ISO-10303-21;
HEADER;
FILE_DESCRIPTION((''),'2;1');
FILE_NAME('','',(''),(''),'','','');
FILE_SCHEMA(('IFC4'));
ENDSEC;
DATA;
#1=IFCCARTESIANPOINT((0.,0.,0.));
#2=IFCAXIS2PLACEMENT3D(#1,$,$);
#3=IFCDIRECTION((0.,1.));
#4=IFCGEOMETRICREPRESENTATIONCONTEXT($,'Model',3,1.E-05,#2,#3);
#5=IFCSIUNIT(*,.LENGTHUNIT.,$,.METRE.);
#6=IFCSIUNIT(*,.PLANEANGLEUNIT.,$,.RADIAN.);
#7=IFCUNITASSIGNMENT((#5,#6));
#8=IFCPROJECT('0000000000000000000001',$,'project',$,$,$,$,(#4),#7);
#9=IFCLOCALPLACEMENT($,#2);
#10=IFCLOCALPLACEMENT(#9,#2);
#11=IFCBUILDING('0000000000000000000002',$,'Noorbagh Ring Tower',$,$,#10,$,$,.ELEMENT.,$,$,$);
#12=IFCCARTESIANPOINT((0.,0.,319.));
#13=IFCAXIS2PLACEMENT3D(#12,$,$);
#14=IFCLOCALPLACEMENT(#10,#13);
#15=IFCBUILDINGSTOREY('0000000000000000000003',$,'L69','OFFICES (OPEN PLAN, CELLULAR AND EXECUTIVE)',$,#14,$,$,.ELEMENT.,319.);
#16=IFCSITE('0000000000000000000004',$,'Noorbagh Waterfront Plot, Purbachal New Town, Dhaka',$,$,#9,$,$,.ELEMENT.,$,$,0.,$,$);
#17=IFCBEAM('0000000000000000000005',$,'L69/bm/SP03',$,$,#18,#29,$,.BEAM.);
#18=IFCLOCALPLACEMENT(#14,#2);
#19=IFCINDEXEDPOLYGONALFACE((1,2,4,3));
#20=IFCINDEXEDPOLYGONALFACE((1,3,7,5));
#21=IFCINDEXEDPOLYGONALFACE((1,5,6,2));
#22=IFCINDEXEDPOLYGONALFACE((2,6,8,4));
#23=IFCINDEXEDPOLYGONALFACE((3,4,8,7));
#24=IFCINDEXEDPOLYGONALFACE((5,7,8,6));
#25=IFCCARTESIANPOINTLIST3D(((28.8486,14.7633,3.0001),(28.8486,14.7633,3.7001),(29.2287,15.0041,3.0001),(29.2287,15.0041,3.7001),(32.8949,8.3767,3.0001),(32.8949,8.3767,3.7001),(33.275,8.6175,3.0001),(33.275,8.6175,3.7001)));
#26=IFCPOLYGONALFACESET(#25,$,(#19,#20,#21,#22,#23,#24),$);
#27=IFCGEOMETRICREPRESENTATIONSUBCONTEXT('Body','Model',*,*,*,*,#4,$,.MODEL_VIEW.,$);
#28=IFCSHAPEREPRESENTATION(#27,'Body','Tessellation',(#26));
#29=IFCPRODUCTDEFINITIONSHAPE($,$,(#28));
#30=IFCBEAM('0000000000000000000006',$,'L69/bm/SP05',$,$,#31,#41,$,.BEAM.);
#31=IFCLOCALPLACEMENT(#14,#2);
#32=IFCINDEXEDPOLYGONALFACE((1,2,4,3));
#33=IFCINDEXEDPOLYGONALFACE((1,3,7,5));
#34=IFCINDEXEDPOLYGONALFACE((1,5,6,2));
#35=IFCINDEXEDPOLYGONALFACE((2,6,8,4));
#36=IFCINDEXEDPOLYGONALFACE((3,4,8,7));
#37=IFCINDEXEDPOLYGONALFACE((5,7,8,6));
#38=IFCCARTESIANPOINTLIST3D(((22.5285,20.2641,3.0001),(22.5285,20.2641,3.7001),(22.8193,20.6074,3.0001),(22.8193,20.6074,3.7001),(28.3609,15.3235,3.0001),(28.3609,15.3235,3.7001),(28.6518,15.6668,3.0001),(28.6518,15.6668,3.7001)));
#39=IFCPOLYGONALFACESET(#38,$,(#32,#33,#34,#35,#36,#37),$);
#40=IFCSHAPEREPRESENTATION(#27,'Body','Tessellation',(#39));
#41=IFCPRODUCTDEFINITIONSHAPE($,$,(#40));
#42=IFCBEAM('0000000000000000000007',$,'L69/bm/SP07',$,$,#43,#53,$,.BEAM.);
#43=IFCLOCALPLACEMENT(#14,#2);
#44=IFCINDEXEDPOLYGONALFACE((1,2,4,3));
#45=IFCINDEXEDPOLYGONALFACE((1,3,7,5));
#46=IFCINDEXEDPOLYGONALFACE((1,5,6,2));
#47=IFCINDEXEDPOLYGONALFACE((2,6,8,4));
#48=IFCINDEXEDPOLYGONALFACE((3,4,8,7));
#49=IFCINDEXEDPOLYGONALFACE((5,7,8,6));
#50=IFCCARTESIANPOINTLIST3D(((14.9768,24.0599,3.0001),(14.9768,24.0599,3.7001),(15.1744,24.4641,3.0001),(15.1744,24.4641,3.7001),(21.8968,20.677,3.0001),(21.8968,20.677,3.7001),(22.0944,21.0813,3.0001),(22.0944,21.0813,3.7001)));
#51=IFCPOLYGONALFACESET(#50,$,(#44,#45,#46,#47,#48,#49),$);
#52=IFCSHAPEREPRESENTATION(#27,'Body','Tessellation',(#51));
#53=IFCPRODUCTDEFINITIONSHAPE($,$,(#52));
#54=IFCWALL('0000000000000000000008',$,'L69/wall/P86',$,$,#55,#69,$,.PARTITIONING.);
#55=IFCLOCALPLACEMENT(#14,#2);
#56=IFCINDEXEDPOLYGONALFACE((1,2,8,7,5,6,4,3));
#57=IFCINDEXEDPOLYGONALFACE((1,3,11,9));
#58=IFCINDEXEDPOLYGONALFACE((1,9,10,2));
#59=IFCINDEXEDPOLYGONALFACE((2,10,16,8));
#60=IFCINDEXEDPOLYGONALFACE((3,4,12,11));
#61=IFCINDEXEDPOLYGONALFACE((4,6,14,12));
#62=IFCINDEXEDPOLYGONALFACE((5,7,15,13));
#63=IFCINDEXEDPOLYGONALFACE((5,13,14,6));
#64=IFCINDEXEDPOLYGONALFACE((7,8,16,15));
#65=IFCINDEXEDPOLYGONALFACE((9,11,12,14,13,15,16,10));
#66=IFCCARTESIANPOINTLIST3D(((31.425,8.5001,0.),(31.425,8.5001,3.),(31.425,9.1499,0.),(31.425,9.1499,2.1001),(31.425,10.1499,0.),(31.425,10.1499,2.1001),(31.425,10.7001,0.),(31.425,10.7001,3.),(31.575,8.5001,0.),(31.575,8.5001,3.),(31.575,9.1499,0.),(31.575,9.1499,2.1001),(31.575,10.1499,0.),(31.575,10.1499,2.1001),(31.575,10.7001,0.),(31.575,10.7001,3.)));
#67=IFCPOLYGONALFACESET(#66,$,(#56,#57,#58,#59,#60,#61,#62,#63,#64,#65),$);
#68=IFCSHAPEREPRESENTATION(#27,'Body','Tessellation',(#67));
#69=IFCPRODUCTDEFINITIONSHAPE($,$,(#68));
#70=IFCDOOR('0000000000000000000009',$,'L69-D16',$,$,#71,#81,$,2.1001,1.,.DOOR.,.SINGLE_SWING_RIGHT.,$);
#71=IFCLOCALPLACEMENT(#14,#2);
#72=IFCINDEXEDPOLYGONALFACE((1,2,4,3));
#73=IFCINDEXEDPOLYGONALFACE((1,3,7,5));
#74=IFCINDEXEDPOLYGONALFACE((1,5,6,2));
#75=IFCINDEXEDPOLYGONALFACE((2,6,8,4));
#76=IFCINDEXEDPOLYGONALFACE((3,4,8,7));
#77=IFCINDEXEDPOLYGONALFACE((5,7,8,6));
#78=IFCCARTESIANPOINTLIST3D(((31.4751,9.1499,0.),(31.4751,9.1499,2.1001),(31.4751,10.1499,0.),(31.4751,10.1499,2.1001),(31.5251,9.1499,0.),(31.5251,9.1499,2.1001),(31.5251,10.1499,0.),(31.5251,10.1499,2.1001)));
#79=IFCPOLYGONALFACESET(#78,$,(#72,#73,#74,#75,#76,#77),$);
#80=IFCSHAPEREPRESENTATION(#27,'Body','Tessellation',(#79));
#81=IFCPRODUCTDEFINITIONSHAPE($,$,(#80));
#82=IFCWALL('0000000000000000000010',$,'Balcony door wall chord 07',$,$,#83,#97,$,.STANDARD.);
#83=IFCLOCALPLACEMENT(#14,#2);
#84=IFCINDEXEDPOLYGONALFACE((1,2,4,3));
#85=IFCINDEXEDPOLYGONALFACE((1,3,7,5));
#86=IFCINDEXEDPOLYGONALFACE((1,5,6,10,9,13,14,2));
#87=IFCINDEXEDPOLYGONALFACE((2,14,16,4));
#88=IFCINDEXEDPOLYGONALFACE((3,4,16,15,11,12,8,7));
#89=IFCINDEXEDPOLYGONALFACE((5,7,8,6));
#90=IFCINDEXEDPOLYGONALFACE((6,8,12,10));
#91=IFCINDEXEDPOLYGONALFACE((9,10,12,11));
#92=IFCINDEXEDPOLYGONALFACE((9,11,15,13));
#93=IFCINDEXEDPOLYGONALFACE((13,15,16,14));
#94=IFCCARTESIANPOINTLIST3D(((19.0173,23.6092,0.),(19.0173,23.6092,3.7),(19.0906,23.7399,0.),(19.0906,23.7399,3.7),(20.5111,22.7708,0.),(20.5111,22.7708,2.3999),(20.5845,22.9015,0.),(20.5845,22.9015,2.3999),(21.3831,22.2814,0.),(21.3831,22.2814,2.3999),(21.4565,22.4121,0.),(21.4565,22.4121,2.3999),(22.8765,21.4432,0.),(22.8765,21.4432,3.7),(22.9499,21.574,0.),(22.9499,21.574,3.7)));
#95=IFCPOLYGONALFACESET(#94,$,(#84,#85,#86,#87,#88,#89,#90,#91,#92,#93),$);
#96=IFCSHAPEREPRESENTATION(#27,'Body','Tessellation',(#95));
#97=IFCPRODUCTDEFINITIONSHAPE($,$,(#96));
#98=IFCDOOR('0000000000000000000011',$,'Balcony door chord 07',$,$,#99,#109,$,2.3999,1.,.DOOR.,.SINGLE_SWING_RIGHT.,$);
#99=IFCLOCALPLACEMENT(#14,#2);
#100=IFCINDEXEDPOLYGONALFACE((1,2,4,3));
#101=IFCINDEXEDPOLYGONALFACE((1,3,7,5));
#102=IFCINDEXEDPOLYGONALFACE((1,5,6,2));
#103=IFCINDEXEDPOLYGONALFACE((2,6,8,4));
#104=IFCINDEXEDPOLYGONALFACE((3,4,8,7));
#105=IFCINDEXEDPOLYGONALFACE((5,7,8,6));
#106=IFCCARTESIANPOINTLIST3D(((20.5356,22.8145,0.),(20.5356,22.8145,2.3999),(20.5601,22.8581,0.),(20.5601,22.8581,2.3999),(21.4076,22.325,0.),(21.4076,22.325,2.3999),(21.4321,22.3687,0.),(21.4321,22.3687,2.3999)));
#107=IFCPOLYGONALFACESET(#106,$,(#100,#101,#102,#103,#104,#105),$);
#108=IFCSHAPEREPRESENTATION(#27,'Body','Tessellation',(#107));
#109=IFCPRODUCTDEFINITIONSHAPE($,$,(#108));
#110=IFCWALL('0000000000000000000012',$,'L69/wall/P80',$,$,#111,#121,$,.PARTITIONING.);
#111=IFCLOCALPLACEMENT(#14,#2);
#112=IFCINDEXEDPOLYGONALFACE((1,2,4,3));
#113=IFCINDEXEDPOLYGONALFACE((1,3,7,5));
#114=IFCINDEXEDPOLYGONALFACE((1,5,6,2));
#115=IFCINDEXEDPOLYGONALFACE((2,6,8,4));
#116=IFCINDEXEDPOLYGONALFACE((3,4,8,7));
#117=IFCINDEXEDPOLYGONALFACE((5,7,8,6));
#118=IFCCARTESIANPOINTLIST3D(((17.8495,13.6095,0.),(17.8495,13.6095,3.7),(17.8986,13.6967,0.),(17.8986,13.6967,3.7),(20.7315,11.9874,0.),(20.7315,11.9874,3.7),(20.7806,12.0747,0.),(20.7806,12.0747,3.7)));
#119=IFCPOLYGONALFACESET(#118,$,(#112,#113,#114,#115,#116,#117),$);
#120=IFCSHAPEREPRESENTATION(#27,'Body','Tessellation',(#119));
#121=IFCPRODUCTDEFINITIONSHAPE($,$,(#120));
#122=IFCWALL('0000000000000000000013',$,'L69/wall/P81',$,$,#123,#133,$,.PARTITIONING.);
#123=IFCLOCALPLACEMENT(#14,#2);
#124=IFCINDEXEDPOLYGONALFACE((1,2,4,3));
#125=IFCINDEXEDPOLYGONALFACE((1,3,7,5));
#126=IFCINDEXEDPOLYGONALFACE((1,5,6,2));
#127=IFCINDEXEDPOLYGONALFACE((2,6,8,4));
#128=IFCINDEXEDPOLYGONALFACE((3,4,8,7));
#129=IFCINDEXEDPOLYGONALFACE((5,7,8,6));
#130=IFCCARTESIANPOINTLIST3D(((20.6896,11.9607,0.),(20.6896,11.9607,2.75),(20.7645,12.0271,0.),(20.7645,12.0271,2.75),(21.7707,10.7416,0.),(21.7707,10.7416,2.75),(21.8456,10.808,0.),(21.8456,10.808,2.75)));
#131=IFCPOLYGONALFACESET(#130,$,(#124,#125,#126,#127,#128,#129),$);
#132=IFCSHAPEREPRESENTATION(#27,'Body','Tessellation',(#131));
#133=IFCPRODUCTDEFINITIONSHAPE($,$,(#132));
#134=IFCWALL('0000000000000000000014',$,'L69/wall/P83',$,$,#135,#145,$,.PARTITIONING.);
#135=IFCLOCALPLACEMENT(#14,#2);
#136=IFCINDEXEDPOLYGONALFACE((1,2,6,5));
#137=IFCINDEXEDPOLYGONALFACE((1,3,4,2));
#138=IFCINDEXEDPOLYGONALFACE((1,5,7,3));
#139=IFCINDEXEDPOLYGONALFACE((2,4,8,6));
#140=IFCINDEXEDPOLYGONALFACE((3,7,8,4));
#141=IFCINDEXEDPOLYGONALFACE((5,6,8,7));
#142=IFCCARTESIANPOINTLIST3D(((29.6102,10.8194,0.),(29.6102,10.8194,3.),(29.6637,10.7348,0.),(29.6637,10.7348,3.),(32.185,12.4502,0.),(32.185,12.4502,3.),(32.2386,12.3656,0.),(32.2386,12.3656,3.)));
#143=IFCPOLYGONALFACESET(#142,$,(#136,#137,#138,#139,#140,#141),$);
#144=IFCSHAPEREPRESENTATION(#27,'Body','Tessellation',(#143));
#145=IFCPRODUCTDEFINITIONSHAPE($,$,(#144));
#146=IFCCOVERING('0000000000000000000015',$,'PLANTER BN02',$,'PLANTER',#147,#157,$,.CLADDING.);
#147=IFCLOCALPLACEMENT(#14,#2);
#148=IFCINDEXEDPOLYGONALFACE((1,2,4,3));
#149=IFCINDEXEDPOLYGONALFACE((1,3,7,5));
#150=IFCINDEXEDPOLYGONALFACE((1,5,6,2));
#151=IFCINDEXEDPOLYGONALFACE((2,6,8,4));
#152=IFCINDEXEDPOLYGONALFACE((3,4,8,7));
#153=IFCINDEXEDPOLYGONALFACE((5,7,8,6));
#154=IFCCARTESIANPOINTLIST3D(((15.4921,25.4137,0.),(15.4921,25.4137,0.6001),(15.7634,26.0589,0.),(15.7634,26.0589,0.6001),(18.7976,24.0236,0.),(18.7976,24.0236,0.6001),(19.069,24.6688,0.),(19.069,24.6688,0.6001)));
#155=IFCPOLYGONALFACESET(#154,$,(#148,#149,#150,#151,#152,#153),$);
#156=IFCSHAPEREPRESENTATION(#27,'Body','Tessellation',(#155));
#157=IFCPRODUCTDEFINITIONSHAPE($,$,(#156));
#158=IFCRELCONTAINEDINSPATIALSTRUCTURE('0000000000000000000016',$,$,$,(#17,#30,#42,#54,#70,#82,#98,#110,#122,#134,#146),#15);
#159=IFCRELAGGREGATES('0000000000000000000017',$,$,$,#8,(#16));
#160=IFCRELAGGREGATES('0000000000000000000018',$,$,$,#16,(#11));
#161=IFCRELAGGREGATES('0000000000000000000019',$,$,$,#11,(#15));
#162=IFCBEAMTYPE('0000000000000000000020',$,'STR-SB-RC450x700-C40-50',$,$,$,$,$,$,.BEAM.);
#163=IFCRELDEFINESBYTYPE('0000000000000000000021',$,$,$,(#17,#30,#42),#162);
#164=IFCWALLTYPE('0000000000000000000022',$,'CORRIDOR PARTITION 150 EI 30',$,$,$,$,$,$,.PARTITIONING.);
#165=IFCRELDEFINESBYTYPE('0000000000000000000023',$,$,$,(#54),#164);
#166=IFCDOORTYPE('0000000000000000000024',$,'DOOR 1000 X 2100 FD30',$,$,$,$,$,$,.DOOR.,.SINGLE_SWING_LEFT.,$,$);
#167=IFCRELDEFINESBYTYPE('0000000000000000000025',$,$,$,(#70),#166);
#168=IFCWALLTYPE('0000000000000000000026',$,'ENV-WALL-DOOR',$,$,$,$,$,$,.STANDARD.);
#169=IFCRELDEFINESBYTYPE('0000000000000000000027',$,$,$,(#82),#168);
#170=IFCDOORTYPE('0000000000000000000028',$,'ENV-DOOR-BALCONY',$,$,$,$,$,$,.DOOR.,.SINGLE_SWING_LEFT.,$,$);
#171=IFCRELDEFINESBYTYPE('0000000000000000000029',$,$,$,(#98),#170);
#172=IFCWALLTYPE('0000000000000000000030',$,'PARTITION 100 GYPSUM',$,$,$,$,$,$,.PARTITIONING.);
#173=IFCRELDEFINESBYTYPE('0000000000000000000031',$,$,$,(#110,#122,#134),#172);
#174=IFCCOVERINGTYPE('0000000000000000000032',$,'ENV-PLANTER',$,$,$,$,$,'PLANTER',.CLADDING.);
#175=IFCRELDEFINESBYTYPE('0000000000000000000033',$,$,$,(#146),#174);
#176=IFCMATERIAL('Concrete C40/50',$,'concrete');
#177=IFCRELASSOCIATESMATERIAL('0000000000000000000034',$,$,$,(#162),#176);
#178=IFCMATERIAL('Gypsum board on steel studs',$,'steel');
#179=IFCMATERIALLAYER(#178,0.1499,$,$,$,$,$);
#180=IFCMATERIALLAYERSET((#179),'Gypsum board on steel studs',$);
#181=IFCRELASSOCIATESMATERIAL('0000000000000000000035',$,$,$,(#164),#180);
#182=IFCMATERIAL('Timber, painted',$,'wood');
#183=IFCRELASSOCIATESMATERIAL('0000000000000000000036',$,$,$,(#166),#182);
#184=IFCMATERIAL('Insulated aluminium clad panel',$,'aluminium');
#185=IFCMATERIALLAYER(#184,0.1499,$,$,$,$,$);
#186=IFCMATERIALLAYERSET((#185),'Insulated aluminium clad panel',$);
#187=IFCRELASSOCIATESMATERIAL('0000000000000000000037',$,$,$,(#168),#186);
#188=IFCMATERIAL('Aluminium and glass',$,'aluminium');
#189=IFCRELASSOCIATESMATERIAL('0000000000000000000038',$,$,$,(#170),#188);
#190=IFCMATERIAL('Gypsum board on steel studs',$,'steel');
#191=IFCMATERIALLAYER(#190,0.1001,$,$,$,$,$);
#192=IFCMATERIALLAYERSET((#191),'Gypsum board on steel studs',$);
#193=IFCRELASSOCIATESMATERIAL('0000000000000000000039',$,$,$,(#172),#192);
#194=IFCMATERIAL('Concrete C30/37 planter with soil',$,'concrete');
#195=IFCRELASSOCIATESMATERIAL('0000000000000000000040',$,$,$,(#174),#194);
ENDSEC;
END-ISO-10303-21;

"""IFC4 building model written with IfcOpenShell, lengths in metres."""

from ifc_helpers import new_model, si_unit, direction, frame, frame_2d, origin, origin_2d, place, context, subcontext, project, spatial, rectangle, extrude, material, layer, layer_set, material_profile, profile_set, type_object, element, fill, save


model = new_model("IFC4")

# Units and contexts
model_context = context("Model", 3, precision=1e-05, world=origin(), true_north=direction((0.0, 1.0)))
body_context = subcontext(model_context, "Body", "Model", "MODEL_VIEW")
ifc_project = project(units=[si_unit("LENGTHUNIT", "METRE"), si_unit("PLANEANGLEUNIT", "RADIAN")], contexts=[model_context])

# Site, building, storey
site_placement = place(None, origin())
site = spatial("IfcSite", under=ifc_project, at=site_placement, Name="Noorbagh Waterfront Plot, Purbachal New Town, Dhaka", CompositionType="ELEMENT", RefElevation=0.0)
building_placement = place(site_placement, origin())
building = spatial("IfcBuilding", under=site, at=building_placement, Name="Noorbagh Ring Tower", CompositionType="ELEMENT")
storey_placement = place(building_placement, frame((0.0, 0.0, 319.0)))
storey = spatial("IfcBuildingStorey", under=building, at=storey_placement, Name="L69", Description="OFFICES (OPEN PLAN, CELLULAR AND EXECUTIVE)", CompositionType="ELEMENT", Elevation=319.0)

# Beams
ifc_material_1 = material(Name="Concrete C40/50", Category="concrete")
ifc_material_profile_1 = material_profile(ifc_material_1, rectangle(XDim=0.45, YDim=0.7, at=origin_2d()), Name="RC450x700")
ifc_profile_set_1 = profile_set([ifc_material_profile_1], Name="Concrete C40/50")
beam_type_1 = type_object("IfcBeamType", Name="STR-SB-RC450x700-C40-50", PredefinedType="BEAM", material=ifc_profile_set_1)
beam_1_placement = place(storey_placement, frame((33.085, 8.4971, 3.3501), z_axis=(-0.53519, 0.844731, 0.0), x_axis=(-0.844731, -0.53519, 0.0)))
element("IfcBeam", 1, at=beam_1_placement, inside=storey, type_object=beam_type_1, Name="L69/bm/SP03", PredefinedType="BEAM", context=body_context, shape_type="SweptSolid", body=[
    extrude(rectangle(XDim=0.45, YDim=0.7, at=origin_2d()), origin(), (0.0, 0.0, 1.0), 7.5605),
])
beam_2_placement = place(storey_placement, frame((28.5063, 15.4951, 3.3501), z_axis=(-0.763034, 0.646359, 0.0), x_axis=(-0.646359, -0.763034, 0.0)))
element("IfcBeam", 2, at=beam_2_placement, inside=storey, type_object=beam_type_1, Name="L69/bm/SP05", PredefinedType="BEAM", context=body_context, shape_type="SweptSolid", body=[
    extrude(rectangle(XDim=0.45, YDim=0.7, at=origin_2d()), origin(), (0.0, 0.0, 1.0), 7.6438),
])
beam_3_placement = place(storey_placement, frame((21.9956, 20.8792, 3.3501), z_axis=(-0.898398, 0.439183, 0.0), x_axis=(-0.439183, -0.898398, 0.0)))
element("IfcBeam", 3, at=beam_3_placement, inside=storey, type_object=beam_type_1, Name="L69/bm/SP07", PredefinedType="BEAM", context=body_context, shape_type="SweptSolid", body=[
    extrude(rectangle(XDim=0.45, YDim=0.7, at=origin_2d()), origin(), (0.0, 0.0, 1.0), 7.7026),
])

# Walls, openings, doors
ifc_material_2 = material(Name="Gypsum board on steel studs", Category="steel")
ifc_layer_1 = layer(ifc_material_2, 0.1499)
ifc_layer_set_1 = layer_set([ifc_layer_1], Name="Gypsum board on steel studs")
wall_type_1 = type_object("IfcWallType", Name="CORRIDOR PARTITION 150 EI 30", PredefinedType="PARTITIONING", material=ifc_layer_set_1)
wall_1_placement = place(storey_placement, frame((31.5, 8.5, 0.0), z_axis=(0.0, 0.0, 1.0), x_axis=(0.0, 1.0, 0.0)))
wall_1 = element("IfcWall", 4, at=wall_1_placement, inside=storey, type_object=wall_type_1, Name="L69/wall/P86", PredefinedType="PARTITIONING", context=body_context, shape_type="SweptSolid", body=[
    extrude(rectangle(XDim=2.2, YDim=0.1499, at=frame_2d((1.1001, 0.0))), origin(), (0.0, 0.0, 1.0), 3.0),
])
opening_1_placement = place(wall_1_placement, frame((0.6499, 0.0, 0.0)))
opening_1 = element("IfcOpeningElement", 5, at=opening_1_placement, cuts=wall_1, PredefinedType="OPENING", context=body_context, shape_type="SweptSolid", body=[
    extrude(rectangle(XDim=1.0, YDim=2.1001, at=frame_2d((0.5, 1.05))), frame((0.0, 0.085, 0.0), z_axis=(0.0, -1.0, 0.0), x_axis=(1.0, 0.0, 0.0)), (0.0, 0.0, 1.0), 0.1699),
])
ifc_material_3 = material(Name="Timber, painted", Category="wood")
door_type_1 = type_object("IfcDoorType", Name="DOOR 1000 X 2100 FD30", OperationType="SINGLE_SWING_LEFT", PredefinedType="DOOR", material=ifc_material_3)
door_1_placement = place(opening_1_placement, origin())
door_1 = element("IfcDoor", 6, at=door_1_placement, inside=storey, type_object=door_type_1, Name="L69-D16", OperationType="SINGLE_SWING_RIGHT", OverallHeight=2.1001, OverallWidth=1.0, PredefinedType="DOOR", context=body_context, shape_type="SweptSolid", body=[
    extrude(rectangle(XDim=1.0, YDim=2.1001, at=frame_2d((0.5, 1.05))), frame((0.0, 0.0249, 0.0), z_axis=(0.0, -1.0, 0.0), x_axis=(1.0, 0.0, 0.0)), (0.0, 0.0, 1.0), 0.05),
])
fill(opening_1, door_1)
ifc_material_4 = material(Name="Insulated aluminium clad panel", Category="aluminium")
ifc_layer_2 = layer(ifc_material_4, 0.1499)
ifc_layer_set_2 = layer_set([ifc_layer_2], Name="Insulated aluminium clad panel")
wall_type_2 = type_object("IfcWallType", Name="ENV-WALL-DOOR", PredefinedType="STANDARD", material=ifc_layer_set_2)
wall_2_placement = place(storey_placement, frame((22.9133, 21.5085, 0.0), z_axis=(0.0, 0.0, 1.0), x_axis=(-0.872047, 0.489423, 0.0)))
wall_2 = element("IfcWall", 7, at=wall_2_placement, inside=storey, type_object=wall_type_2, Name="Balcony door wall chord 07", PredefinedType="STANDARD", context=body_context, shape_type="SweptSolid", body=[
    extrude(rectangle(XDim=4.4255, YDim=0.1499, at=frame_2d((2.2129, 0.0))), origin(), (0.0, 0.0, 1.0), 3.7),
])
opening_2_placement = place(wall_2_placement, frame((1.7126, 0.0, 0.0)))
opening_2 = element("IfcOpeningElement", 8, at=opening_2_placement, cuts=wall_2, PredefinedType="OPENING", context=body_context, shape_type="SweptSolid", body=[
    extrude(rectangle(XDim=1.0, YDim=2.3999, at=frame_2d((0.5, 1.2))), frame((0.0, 0.085, 0.0), z_axis=(0.0, -1.0, 0.0), x_axis=(1.0, 0.0, 0.0)), (0.0, 0.0, 1.0), 0.1699),
])
ifc_material_5 = material(Name="Aluminium and glass", Category="aluminium")
door_type_2 = type_object("IfcDoorType", Name="ENV-DOOR-BALCONY", OperationType="SINGLE_SWING_LEFT", PredefinedType="DOOR", material=ifc_material_5)
door_2_placement = place(opening_2_placement, origin())
door_2 = element("IfcDoor", 9, at=door_2_placement, inside=storey, type_object=door_type_2, Name="Balcony door chord 07", OperationType="SINGLE_SWING_RIGHT", OverallHeight=2.3999, OverallWidth=1.0, PredefinedType="DOOR", context=body_context, shape_type="SweptSolid", body=[
    extrude(rectangle(XDim=1.0, YDim=2.3999, at=frame_2d((0.5, 1.2))), frame((0.0, 0.0249, 0.0), z_axis=(0.0, -1.0, 0.0), x_axis=(1.0, 0.0, 0.0)), (0.0, 0.0, 1.0), 0.05),
])
fill(opening_2, door_2)

# Walls
ifc_material_6 = material(Name="Gypsum board on steel studs", Category="steel")
ifc_layer_3 = layer(ifc_material_6, 0.1001)
ifc_layer_set_3 = layer_set([ifc_layer_3], Name="Gypsum board on steel studs")
wall_type_3 = type_object("IfcWallType", Name="PARTITION 100 GYPSUM", PredefinedType="PARTITIONING", material=ifc_layer_set_3)
wall_3_placement = place(storey_placement, frame((17.874, 13.6531, 0.0), z_axis=(0.0, 0.0, 1.0), x_axis=(0.871459, -0.490468, 0.0)))
element("IfcWall", 10, at=wall_3_placement, inside=storey, type_object=wall_type_3, Name="L69/wall/P80", PredefinedType="PARTITIONING", context=body_context, shape_type="SweptSolid", body=[
    extrude(rectangle(XDim=3.3071, YDim=0.1001, at=frame_2d((1.6536, 0.0))), origin(), (0.0, 0.0, 1.0), 3.7),
])
wall_4_placement = place(storey_placement, frame((20.7271, 11.9939, 0.0), z_axis=(0.0, 0.0, 1.0), x_axis=(0.663508, -0.748169, 0.0)))
element("IfcWall", 11, at=wall_4_placement, inside=storey, type_object=wall_type_3, Name="L69/wall/P81", PredefinedType="PARTITIONING", context=body_context, shape_type="SweptSolid", body=[
    extrude(rectangle(XDim=1.6294, YDim=0.1001, at=frame_2d((0.8147, 0.0))), origin(), (0.0, 0.0, 1.0), 2.75),
])
wall_5_placement = place(storey_placement, frame((29.637, 10.7771, 0.0), z_axis=(0.0, 0.0, 1.0), x_axis=(0.844811, 0.535065, 0.0)))
element("IfcWall", 12, at=wall_5_placement, inside=storey, type_object=wall_type_3, Name="L69/wall/P83", PredefinedType="PARTITIONING", context=body_context, shape_type="SweptSolid", body=[
    extrude(rectangle(XDim=3.0479, YDim=0.1001, at=frame_2d((1.5239, 0.0))), origin(), (0.0, 0.0, 1.0), 3.0),
])

# Covering
ifc_material_7 = material(Name="Concrete C30/37 planter with soil", Category="concrete")
covering_type = type_object("IfcCoveringType", Name="ENV-PLANTER", ElementType="PLANTER", PredefinedType="CLADDING", material=ifc_material_7)
covering_placement = place(storey_placement, frame((17.2805, 25.0413, 0.0), z_axis=(0.0, 0.0, 1.0), x_axis=(-0.921812, 0.387638, 0.0)))
element("IfcCovering", 13, at=covering_placement, inside=storey, type_object=covering_type, Name="PLANTER BN02", ObjectType="PLANTER", PredefinedType="CLADDING", context=body_context, shape_type="SweptSolid", body=[
    extrude(rectangle(XDim=3.5859, YDim=0.7, at=origin_2d()), origin(), (0.0, 0.0, 1.0), 0.6001),
])

save(model, "model.ifc")
